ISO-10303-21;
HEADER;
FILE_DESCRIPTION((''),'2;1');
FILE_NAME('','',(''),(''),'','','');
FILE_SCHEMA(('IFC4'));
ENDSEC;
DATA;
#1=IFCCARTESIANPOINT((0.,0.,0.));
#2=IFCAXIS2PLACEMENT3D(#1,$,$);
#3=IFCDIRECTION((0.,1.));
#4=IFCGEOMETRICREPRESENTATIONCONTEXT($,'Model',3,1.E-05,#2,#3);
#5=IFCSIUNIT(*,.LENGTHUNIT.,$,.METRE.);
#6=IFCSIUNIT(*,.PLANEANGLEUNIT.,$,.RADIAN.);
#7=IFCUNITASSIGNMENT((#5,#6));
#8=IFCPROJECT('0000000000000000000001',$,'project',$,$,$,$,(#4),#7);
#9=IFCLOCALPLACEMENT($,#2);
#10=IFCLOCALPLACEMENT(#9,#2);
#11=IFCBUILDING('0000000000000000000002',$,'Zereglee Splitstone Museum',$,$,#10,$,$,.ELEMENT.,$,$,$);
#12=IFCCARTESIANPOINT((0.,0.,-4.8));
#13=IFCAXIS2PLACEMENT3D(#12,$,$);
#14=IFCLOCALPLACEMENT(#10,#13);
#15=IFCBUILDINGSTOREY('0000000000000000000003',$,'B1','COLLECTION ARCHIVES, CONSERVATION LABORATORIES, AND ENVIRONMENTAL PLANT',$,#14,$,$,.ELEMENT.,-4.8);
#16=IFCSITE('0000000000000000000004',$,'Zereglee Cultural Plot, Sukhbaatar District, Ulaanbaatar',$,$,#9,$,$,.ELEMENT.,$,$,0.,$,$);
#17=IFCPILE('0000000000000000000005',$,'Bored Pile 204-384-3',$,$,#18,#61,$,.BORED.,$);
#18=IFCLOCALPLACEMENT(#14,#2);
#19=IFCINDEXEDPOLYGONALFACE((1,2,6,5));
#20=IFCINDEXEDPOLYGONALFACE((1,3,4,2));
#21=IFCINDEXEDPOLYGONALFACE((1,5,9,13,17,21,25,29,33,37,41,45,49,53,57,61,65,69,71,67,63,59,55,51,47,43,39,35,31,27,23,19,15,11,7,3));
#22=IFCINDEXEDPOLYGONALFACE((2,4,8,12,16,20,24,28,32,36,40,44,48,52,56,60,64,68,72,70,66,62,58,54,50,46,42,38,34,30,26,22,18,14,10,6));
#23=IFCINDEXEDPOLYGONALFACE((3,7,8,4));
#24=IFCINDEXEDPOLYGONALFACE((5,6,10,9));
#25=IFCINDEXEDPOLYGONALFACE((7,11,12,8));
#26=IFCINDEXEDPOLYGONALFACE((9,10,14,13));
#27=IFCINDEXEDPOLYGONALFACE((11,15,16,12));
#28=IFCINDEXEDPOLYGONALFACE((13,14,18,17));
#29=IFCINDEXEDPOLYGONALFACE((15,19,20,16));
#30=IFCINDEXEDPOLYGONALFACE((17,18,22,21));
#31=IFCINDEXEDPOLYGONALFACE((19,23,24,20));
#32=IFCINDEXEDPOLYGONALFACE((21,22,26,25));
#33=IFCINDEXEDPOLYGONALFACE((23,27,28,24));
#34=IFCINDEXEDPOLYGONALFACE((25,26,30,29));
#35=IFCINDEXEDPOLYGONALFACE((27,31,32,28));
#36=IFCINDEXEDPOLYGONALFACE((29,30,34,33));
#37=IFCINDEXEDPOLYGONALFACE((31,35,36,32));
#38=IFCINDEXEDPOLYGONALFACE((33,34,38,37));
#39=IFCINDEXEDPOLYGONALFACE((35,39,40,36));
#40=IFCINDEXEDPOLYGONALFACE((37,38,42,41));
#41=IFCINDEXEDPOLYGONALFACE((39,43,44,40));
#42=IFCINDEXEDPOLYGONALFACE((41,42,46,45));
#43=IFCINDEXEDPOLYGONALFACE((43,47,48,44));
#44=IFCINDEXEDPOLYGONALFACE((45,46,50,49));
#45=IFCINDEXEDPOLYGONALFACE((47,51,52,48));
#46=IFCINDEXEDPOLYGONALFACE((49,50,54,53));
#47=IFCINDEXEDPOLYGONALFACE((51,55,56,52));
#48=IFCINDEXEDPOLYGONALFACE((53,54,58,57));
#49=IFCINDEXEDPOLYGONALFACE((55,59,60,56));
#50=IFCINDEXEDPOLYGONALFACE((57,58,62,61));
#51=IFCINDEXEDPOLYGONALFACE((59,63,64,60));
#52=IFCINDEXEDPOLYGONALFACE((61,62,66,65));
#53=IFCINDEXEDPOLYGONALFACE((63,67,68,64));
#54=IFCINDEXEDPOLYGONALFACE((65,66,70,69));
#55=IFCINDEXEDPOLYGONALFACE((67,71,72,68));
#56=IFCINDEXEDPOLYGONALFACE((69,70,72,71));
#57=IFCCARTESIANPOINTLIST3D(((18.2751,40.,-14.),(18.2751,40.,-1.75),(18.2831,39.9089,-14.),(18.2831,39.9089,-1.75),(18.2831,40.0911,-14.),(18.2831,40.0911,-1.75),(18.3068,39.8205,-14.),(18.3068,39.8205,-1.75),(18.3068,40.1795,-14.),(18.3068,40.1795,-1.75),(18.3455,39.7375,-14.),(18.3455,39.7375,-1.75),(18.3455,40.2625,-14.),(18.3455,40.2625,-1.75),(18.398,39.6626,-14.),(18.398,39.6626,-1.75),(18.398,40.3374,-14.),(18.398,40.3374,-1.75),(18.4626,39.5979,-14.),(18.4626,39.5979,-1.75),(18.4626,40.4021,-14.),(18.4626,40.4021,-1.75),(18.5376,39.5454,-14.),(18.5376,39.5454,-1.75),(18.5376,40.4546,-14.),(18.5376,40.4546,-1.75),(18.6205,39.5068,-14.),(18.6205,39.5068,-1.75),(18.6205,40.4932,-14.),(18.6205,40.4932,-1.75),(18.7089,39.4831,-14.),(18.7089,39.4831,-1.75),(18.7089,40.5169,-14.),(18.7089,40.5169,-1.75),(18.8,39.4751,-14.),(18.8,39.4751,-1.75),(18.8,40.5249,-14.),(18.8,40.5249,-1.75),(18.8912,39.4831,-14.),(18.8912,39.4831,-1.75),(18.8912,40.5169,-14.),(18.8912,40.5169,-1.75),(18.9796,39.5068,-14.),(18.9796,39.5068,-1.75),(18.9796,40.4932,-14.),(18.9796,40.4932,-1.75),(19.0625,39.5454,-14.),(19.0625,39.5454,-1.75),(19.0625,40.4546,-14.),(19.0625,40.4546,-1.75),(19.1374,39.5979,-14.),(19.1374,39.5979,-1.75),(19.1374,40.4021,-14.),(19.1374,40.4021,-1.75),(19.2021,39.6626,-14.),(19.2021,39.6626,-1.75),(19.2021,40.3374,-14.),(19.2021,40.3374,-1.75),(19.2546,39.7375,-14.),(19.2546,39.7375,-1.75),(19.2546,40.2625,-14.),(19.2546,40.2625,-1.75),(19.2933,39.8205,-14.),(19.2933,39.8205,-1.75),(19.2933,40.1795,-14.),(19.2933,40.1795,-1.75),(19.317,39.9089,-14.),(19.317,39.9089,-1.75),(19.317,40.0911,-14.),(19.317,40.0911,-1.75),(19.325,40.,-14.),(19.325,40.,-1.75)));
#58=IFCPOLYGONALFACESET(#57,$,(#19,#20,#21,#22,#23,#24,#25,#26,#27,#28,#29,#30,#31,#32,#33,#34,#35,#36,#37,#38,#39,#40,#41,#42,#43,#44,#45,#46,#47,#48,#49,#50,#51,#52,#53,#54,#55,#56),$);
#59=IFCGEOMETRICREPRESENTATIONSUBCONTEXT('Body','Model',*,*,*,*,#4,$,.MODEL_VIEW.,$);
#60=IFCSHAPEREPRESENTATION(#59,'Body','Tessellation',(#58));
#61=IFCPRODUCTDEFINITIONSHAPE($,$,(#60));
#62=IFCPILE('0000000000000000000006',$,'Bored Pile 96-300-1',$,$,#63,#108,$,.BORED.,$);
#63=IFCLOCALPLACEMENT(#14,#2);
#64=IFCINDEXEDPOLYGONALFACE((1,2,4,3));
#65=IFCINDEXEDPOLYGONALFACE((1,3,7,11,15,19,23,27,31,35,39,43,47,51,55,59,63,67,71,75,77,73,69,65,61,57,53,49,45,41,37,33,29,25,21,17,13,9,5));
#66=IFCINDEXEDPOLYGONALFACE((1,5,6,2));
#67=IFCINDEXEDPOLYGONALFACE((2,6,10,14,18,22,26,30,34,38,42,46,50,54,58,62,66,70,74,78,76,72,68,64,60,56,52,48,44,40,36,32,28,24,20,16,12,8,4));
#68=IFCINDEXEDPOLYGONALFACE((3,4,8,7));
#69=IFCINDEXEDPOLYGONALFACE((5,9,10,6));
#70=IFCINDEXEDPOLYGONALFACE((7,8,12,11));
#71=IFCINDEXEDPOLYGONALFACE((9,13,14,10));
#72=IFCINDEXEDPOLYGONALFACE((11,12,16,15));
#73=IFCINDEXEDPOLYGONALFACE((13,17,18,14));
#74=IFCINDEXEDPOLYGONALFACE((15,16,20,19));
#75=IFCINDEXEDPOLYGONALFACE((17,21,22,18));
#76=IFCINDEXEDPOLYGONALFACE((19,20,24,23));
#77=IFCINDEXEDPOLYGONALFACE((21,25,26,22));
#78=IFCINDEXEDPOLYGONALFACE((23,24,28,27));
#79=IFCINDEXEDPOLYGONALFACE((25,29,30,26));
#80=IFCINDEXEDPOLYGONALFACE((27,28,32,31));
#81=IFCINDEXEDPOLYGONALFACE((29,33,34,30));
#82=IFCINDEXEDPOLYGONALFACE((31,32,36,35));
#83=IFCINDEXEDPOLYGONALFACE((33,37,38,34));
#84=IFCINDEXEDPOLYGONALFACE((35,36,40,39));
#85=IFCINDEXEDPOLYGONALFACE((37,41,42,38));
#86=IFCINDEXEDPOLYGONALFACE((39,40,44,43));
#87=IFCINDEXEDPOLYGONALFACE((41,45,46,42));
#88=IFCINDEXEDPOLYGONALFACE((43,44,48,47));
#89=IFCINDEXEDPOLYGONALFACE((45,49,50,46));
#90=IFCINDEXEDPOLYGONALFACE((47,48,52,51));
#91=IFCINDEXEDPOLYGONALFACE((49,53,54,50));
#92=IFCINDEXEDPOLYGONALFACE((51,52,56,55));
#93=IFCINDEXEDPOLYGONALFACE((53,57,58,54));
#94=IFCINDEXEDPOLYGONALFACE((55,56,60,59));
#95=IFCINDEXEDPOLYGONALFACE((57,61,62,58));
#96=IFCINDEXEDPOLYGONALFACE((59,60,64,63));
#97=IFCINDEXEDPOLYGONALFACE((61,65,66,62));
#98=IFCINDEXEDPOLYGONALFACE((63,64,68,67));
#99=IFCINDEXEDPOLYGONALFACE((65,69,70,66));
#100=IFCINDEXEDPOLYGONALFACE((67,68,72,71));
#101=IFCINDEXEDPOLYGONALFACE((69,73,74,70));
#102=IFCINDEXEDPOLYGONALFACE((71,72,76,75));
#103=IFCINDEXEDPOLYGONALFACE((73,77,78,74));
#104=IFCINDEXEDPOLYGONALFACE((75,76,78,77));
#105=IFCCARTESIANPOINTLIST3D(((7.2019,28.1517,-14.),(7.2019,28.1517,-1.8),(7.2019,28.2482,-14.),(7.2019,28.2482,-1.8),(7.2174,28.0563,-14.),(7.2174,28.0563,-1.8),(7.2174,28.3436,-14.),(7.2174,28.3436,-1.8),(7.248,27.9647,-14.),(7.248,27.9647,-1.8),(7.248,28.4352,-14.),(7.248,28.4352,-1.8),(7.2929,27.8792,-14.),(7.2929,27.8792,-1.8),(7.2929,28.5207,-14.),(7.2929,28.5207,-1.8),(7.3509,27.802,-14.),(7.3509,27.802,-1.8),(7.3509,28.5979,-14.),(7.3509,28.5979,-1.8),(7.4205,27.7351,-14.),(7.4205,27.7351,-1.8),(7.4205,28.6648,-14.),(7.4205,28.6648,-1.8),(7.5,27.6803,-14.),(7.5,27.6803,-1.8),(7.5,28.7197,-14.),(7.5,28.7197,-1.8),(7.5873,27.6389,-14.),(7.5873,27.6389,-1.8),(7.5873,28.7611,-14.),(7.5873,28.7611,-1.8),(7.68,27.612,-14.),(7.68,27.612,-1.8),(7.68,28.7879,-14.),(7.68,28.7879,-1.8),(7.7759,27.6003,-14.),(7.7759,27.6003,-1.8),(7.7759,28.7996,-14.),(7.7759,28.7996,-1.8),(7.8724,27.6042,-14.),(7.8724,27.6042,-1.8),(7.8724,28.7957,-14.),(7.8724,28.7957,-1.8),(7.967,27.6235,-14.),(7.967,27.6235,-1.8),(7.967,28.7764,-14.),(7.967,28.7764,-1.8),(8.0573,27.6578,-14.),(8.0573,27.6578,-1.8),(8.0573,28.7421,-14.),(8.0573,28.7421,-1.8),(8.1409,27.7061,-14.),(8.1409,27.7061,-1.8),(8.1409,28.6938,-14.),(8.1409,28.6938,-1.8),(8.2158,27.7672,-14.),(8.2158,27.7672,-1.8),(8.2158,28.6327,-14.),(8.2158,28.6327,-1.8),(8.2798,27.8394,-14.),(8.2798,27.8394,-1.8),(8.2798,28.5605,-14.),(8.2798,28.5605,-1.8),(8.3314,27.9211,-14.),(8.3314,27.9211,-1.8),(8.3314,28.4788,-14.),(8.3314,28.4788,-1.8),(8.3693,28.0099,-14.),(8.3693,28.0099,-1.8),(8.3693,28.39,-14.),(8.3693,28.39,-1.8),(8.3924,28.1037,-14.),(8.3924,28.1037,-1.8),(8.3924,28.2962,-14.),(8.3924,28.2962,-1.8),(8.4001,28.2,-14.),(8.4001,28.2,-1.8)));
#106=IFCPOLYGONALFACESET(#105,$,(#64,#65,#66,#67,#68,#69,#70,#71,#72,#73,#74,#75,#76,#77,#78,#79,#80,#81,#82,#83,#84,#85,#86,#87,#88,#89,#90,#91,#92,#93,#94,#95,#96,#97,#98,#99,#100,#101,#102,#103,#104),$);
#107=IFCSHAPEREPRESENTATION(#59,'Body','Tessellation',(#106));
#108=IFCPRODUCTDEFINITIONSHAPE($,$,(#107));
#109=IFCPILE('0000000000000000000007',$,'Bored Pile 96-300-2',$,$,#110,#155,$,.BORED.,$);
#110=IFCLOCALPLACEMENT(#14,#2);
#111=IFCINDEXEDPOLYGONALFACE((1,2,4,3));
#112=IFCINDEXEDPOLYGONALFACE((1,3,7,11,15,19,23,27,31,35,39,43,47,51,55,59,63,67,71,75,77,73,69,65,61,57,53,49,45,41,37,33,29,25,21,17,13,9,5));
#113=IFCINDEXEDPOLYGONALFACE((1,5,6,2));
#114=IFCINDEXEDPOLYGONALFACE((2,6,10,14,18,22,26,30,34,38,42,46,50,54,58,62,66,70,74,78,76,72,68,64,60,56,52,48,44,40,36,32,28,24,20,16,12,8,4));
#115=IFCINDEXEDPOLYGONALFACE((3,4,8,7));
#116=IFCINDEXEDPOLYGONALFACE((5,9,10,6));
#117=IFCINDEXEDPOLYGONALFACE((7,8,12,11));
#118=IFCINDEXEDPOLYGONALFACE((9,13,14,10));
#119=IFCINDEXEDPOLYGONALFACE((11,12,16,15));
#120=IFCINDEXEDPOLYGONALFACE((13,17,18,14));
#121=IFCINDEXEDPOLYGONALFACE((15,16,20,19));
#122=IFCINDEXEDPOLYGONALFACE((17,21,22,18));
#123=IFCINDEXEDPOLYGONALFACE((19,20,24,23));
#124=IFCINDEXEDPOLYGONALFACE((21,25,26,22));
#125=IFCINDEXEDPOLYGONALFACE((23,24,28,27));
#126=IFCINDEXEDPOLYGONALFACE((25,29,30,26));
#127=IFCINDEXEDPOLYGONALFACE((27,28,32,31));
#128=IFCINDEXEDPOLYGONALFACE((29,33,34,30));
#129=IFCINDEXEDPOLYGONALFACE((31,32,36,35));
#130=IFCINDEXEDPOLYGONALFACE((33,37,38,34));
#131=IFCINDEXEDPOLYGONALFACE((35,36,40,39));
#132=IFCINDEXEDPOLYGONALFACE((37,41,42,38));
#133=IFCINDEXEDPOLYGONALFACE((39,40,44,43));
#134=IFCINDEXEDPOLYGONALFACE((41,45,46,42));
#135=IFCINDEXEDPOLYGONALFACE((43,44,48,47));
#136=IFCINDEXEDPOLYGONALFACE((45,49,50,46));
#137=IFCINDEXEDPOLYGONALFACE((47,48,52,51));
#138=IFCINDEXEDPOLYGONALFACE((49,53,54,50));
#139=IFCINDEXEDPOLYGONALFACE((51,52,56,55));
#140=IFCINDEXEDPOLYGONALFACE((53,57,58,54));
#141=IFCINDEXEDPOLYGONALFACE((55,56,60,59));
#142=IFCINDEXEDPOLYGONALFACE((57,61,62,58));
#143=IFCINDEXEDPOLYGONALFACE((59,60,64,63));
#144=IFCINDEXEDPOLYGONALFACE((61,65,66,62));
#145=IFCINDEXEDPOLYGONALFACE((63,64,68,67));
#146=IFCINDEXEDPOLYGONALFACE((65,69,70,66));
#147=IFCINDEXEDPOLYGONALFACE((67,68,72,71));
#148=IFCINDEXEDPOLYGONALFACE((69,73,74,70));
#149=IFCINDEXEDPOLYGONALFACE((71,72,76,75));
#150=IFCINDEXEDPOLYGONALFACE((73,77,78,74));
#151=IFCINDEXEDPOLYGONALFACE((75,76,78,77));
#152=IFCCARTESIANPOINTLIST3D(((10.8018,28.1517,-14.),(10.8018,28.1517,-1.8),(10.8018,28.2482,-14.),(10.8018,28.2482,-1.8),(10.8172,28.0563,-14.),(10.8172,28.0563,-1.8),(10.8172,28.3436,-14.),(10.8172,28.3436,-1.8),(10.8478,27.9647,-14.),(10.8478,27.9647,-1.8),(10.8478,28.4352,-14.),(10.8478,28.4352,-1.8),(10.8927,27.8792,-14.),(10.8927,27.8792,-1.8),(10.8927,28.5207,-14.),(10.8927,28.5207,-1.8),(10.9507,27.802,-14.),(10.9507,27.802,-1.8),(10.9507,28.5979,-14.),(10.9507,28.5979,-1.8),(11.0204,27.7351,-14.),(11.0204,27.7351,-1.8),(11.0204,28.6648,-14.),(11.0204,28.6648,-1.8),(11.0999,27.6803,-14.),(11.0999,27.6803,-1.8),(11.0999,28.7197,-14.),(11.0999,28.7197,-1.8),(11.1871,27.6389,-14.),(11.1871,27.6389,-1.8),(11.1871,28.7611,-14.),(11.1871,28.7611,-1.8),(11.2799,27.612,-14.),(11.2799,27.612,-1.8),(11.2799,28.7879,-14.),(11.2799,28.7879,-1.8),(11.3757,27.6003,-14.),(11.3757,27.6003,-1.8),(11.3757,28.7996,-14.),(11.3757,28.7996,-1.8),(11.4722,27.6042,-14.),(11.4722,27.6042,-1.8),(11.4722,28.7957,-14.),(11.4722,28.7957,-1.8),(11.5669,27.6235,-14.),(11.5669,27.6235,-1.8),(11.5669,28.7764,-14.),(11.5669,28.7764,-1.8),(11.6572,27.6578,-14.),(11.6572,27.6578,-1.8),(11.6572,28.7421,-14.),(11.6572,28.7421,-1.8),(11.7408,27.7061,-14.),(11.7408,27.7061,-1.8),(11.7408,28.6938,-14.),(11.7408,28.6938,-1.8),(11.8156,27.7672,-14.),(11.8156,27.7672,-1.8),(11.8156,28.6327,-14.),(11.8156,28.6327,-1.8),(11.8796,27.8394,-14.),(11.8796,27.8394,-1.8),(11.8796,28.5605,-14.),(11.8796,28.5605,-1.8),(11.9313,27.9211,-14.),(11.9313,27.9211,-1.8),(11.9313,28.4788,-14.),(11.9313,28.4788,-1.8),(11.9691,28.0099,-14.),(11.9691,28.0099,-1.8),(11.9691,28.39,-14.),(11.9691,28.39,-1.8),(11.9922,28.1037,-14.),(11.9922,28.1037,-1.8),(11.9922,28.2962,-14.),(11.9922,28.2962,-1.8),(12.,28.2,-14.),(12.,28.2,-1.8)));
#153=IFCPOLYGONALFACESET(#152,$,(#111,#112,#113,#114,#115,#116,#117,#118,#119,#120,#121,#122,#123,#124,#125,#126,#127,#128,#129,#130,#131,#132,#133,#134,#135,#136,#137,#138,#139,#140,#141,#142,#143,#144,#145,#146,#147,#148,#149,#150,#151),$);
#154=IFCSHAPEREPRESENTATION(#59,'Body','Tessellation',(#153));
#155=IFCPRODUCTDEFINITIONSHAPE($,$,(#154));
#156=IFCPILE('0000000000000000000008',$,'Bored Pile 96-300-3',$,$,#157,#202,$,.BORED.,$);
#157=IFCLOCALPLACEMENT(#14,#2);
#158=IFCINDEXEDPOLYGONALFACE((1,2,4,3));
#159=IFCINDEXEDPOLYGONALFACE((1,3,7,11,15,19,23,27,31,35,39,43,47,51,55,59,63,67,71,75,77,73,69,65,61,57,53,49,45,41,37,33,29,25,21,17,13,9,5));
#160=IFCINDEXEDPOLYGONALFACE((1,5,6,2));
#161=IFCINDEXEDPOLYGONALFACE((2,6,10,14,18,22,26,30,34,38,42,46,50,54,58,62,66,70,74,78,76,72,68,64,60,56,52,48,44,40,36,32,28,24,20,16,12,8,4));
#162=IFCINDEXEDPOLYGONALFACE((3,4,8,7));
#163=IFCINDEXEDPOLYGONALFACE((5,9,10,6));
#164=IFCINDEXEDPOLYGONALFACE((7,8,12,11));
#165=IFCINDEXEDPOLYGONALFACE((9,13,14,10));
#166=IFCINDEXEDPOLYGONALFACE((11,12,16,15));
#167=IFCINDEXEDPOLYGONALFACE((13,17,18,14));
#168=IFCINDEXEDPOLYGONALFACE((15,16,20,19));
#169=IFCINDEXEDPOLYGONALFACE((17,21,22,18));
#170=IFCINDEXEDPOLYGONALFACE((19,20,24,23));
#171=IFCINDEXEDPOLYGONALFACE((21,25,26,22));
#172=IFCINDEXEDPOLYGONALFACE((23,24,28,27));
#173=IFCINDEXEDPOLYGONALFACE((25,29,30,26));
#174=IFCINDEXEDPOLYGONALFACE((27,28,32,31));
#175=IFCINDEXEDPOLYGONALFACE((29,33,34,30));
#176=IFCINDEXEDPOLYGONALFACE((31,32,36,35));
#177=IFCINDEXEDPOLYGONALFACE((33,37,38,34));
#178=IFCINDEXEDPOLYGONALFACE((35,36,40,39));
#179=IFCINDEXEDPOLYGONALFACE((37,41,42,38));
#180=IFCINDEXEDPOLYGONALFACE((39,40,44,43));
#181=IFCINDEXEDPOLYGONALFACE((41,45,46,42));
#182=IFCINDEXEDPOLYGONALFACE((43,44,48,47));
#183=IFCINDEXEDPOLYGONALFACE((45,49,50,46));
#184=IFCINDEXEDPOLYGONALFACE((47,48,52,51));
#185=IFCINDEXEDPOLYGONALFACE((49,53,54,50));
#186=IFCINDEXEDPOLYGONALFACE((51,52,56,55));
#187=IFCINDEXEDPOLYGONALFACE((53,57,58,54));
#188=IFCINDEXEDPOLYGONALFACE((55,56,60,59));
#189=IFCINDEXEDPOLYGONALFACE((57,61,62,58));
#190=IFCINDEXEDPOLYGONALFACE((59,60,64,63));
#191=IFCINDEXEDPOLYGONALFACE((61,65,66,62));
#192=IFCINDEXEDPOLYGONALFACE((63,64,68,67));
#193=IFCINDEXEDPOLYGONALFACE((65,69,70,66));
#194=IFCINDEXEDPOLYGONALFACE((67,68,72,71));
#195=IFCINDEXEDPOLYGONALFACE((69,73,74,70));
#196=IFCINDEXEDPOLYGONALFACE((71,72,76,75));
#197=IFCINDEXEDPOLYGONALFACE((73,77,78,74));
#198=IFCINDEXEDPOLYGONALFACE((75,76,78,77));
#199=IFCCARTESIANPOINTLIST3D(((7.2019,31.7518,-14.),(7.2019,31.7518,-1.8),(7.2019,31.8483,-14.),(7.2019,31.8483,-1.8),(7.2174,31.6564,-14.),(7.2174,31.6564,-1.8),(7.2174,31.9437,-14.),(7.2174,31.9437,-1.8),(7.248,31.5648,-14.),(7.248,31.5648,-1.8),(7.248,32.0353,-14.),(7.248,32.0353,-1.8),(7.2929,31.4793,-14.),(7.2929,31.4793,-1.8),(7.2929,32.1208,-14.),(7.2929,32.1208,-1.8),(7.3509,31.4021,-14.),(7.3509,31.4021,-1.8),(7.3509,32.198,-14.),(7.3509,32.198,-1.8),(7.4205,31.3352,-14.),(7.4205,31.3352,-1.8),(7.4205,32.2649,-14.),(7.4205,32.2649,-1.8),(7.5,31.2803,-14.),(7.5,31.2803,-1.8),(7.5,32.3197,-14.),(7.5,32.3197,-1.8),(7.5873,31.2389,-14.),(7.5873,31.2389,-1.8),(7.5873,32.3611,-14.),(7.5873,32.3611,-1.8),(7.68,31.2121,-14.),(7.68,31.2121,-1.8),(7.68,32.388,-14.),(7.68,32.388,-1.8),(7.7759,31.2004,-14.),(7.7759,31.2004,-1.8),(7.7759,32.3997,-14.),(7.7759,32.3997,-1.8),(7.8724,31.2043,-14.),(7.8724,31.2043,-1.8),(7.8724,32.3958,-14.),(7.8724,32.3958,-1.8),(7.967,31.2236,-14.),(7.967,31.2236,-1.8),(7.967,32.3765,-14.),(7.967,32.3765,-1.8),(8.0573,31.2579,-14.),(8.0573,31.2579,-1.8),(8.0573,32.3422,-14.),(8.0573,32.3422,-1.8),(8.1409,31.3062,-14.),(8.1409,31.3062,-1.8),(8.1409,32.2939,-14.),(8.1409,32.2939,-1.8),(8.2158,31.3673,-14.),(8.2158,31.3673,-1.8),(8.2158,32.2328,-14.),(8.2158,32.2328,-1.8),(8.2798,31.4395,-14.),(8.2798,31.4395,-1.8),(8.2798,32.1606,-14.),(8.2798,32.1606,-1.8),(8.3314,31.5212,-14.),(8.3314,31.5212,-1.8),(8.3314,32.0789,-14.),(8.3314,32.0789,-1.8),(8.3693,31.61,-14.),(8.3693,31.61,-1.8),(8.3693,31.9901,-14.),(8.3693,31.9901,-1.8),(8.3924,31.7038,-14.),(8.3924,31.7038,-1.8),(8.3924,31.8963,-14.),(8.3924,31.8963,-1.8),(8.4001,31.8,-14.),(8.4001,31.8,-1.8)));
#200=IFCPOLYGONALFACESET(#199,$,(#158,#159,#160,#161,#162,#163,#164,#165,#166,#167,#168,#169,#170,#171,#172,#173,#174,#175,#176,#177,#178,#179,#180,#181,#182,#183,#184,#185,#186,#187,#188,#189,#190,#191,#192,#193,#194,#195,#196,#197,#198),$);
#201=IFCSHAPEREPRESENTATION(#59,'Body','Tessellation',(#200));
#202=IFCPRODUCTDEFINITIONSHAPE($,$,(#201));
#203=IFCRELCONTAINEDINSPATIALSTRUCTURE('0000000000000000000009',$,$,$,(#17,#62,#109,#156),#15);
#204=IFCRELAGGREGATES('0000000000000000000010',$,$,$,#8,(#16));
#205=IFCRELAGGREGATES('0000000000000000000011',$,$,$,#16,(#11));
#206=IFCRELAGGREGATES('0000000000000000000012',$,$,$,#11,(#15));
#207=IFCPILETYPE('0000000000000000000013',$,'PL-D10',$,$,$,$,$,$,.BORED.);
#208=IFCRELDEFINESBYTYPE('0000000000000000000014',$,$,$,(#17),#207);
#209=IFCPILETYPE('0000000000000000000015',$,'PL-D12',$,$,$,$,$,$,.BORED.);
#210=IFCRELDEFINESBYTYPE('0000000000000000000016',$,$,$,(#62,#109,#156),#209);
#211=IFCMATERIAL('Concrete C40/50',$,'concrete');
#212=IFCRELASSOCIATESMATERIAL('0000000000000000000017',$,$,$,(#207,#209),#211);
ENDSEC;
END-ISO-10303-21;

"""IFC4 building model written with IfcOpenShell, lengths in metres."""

from ifc_helpers import new_model, si_unit, direction, frame, origin, origin_2d, place, context, subcontext, project, spatial, circle, extrude, material, material_profile, profile_set, type_object, element, save


model = new_model("IFC4")

# Units and contexts
model_context = context("Model", 3, precision=1e-05, world=origin(), true_north=direction((0.0, 1.0)))
body_context = subcontext(model_context, "Body", "Model", "MODEL_VIEW")
ifc_project = project(units=[si_unit("LENGTHUNIT", "METRE"), si_unit("PLANEANGLEUNIT", "RADIAN")], contexts=[model_context])

# Site, building, storey
site_placement = place(None, origin())
site = spatial("IfcSite", under=ifc_project, at=site_placement, Name="Zereglee Cultural Plot, Sukhbaatar District, Ulaanbaatar", CompositionType="ELEMENT", RefElevation=0.0)
building_placement = place(site_placement, origin())
building = spatial("IfcBuilding", under=site, at=building_placement, Name="Zereglee Splitstone Museum", CompositionType="ELEMENT")
storey_placement = place(building_placement, frame((0.0, 0.0, -4.8)))
storey = spatial("IfcBuildingStorey", under=building, at=storey_placement, Name="B1", Description="COLLECTION ARCHIVES, CONSERVATION LABORATORIES, AND ENVIRONMENTAL PLANT", CompositionType="ELEMENT", Elevation=-4.8)

# Shared definitions
ifc_material_1 = material(Name="Concrete C40/50", Category="concrete")

# Piles
ifc_material_profile_1 = material_profile(ifc_material_1, circle(Radius=0.5249, at=origin_2d()), Name="PILE D1050")
ifc_profile_set_1 = profile_set([ifc_material_profile_1], Name="Concrete C40/50")
pile_type_1 = type_object("IfcPileType", Name="PL-D10", PredefinedType="BORED", material=ifc_profile_set_1)
for number, where, z_axis, x_axis, name in (
    (1, (18.8, 40.0, -1.75), (0.0, 0.0, -1.0), (1.0, 0.0, 0.0), "Bored Pile 204-384-3"),
):
    element("IfcPile", number, at=place(storey_placement, frame(where, z_axis=z_axis, x_axis=x_axis)), inside=storey, type_object=pile_type_1, Name=name, PredefinedType="BORED", context=body_context, shape_type="SweptSolid", body=[
        extrude(circle(Radius=0.5249, at=origin_2d()), origin(), (0.0, 0.0, 1.0), 12.25),
    ])
ifc_material_profile_2 = material_profile(ifc_material_1, circle(Radius=0.6001, at=origin_2d()), Name="PILE D1200")
ifc_profile_set_2 = profile_set([ifc_material_profile_2], Name="Concrete C40/50")
pile_type_2 = type_object("IfcPileType", Name="PL-D12", PredefinedType="BORED", material=ifc_profile_set_2)
for number, where, z_axis, x_axis, name in (
    (2, (7.8, 28.2, -1.8), (0.0, 0.0, -1.0), (1.0, 0.0, 0.0), "Bored Pile 96-300-1"),
    (3, (11.3999, 28.2, -1.8), (0.0, 0.0, -1.0), (1.0, 0.0, 0.0), "Bored Pile 96-300-2"),
    (4, (7.8, 31.8, -1.8), (0.0, 0.0, -1.0), (1.0, 0.0, 0.0), "Bored Pile 96-300-3"),
):
    element("IfcPile", number, at=place(storey_placement, frame(where, z_axis=z_axis, x_axis=x_axis)), inside=storey, type_object=pile_type_2, Name=name, PredefinedType="BORED", context=body_context, shape_type="SweptSolid", body=[
        extrude(circle(Radius=0.6001, at=origin_2d()), origin(), (0.0, 0.0, 1.0), 12.2),
    ])

save(model, "model.ifc")
